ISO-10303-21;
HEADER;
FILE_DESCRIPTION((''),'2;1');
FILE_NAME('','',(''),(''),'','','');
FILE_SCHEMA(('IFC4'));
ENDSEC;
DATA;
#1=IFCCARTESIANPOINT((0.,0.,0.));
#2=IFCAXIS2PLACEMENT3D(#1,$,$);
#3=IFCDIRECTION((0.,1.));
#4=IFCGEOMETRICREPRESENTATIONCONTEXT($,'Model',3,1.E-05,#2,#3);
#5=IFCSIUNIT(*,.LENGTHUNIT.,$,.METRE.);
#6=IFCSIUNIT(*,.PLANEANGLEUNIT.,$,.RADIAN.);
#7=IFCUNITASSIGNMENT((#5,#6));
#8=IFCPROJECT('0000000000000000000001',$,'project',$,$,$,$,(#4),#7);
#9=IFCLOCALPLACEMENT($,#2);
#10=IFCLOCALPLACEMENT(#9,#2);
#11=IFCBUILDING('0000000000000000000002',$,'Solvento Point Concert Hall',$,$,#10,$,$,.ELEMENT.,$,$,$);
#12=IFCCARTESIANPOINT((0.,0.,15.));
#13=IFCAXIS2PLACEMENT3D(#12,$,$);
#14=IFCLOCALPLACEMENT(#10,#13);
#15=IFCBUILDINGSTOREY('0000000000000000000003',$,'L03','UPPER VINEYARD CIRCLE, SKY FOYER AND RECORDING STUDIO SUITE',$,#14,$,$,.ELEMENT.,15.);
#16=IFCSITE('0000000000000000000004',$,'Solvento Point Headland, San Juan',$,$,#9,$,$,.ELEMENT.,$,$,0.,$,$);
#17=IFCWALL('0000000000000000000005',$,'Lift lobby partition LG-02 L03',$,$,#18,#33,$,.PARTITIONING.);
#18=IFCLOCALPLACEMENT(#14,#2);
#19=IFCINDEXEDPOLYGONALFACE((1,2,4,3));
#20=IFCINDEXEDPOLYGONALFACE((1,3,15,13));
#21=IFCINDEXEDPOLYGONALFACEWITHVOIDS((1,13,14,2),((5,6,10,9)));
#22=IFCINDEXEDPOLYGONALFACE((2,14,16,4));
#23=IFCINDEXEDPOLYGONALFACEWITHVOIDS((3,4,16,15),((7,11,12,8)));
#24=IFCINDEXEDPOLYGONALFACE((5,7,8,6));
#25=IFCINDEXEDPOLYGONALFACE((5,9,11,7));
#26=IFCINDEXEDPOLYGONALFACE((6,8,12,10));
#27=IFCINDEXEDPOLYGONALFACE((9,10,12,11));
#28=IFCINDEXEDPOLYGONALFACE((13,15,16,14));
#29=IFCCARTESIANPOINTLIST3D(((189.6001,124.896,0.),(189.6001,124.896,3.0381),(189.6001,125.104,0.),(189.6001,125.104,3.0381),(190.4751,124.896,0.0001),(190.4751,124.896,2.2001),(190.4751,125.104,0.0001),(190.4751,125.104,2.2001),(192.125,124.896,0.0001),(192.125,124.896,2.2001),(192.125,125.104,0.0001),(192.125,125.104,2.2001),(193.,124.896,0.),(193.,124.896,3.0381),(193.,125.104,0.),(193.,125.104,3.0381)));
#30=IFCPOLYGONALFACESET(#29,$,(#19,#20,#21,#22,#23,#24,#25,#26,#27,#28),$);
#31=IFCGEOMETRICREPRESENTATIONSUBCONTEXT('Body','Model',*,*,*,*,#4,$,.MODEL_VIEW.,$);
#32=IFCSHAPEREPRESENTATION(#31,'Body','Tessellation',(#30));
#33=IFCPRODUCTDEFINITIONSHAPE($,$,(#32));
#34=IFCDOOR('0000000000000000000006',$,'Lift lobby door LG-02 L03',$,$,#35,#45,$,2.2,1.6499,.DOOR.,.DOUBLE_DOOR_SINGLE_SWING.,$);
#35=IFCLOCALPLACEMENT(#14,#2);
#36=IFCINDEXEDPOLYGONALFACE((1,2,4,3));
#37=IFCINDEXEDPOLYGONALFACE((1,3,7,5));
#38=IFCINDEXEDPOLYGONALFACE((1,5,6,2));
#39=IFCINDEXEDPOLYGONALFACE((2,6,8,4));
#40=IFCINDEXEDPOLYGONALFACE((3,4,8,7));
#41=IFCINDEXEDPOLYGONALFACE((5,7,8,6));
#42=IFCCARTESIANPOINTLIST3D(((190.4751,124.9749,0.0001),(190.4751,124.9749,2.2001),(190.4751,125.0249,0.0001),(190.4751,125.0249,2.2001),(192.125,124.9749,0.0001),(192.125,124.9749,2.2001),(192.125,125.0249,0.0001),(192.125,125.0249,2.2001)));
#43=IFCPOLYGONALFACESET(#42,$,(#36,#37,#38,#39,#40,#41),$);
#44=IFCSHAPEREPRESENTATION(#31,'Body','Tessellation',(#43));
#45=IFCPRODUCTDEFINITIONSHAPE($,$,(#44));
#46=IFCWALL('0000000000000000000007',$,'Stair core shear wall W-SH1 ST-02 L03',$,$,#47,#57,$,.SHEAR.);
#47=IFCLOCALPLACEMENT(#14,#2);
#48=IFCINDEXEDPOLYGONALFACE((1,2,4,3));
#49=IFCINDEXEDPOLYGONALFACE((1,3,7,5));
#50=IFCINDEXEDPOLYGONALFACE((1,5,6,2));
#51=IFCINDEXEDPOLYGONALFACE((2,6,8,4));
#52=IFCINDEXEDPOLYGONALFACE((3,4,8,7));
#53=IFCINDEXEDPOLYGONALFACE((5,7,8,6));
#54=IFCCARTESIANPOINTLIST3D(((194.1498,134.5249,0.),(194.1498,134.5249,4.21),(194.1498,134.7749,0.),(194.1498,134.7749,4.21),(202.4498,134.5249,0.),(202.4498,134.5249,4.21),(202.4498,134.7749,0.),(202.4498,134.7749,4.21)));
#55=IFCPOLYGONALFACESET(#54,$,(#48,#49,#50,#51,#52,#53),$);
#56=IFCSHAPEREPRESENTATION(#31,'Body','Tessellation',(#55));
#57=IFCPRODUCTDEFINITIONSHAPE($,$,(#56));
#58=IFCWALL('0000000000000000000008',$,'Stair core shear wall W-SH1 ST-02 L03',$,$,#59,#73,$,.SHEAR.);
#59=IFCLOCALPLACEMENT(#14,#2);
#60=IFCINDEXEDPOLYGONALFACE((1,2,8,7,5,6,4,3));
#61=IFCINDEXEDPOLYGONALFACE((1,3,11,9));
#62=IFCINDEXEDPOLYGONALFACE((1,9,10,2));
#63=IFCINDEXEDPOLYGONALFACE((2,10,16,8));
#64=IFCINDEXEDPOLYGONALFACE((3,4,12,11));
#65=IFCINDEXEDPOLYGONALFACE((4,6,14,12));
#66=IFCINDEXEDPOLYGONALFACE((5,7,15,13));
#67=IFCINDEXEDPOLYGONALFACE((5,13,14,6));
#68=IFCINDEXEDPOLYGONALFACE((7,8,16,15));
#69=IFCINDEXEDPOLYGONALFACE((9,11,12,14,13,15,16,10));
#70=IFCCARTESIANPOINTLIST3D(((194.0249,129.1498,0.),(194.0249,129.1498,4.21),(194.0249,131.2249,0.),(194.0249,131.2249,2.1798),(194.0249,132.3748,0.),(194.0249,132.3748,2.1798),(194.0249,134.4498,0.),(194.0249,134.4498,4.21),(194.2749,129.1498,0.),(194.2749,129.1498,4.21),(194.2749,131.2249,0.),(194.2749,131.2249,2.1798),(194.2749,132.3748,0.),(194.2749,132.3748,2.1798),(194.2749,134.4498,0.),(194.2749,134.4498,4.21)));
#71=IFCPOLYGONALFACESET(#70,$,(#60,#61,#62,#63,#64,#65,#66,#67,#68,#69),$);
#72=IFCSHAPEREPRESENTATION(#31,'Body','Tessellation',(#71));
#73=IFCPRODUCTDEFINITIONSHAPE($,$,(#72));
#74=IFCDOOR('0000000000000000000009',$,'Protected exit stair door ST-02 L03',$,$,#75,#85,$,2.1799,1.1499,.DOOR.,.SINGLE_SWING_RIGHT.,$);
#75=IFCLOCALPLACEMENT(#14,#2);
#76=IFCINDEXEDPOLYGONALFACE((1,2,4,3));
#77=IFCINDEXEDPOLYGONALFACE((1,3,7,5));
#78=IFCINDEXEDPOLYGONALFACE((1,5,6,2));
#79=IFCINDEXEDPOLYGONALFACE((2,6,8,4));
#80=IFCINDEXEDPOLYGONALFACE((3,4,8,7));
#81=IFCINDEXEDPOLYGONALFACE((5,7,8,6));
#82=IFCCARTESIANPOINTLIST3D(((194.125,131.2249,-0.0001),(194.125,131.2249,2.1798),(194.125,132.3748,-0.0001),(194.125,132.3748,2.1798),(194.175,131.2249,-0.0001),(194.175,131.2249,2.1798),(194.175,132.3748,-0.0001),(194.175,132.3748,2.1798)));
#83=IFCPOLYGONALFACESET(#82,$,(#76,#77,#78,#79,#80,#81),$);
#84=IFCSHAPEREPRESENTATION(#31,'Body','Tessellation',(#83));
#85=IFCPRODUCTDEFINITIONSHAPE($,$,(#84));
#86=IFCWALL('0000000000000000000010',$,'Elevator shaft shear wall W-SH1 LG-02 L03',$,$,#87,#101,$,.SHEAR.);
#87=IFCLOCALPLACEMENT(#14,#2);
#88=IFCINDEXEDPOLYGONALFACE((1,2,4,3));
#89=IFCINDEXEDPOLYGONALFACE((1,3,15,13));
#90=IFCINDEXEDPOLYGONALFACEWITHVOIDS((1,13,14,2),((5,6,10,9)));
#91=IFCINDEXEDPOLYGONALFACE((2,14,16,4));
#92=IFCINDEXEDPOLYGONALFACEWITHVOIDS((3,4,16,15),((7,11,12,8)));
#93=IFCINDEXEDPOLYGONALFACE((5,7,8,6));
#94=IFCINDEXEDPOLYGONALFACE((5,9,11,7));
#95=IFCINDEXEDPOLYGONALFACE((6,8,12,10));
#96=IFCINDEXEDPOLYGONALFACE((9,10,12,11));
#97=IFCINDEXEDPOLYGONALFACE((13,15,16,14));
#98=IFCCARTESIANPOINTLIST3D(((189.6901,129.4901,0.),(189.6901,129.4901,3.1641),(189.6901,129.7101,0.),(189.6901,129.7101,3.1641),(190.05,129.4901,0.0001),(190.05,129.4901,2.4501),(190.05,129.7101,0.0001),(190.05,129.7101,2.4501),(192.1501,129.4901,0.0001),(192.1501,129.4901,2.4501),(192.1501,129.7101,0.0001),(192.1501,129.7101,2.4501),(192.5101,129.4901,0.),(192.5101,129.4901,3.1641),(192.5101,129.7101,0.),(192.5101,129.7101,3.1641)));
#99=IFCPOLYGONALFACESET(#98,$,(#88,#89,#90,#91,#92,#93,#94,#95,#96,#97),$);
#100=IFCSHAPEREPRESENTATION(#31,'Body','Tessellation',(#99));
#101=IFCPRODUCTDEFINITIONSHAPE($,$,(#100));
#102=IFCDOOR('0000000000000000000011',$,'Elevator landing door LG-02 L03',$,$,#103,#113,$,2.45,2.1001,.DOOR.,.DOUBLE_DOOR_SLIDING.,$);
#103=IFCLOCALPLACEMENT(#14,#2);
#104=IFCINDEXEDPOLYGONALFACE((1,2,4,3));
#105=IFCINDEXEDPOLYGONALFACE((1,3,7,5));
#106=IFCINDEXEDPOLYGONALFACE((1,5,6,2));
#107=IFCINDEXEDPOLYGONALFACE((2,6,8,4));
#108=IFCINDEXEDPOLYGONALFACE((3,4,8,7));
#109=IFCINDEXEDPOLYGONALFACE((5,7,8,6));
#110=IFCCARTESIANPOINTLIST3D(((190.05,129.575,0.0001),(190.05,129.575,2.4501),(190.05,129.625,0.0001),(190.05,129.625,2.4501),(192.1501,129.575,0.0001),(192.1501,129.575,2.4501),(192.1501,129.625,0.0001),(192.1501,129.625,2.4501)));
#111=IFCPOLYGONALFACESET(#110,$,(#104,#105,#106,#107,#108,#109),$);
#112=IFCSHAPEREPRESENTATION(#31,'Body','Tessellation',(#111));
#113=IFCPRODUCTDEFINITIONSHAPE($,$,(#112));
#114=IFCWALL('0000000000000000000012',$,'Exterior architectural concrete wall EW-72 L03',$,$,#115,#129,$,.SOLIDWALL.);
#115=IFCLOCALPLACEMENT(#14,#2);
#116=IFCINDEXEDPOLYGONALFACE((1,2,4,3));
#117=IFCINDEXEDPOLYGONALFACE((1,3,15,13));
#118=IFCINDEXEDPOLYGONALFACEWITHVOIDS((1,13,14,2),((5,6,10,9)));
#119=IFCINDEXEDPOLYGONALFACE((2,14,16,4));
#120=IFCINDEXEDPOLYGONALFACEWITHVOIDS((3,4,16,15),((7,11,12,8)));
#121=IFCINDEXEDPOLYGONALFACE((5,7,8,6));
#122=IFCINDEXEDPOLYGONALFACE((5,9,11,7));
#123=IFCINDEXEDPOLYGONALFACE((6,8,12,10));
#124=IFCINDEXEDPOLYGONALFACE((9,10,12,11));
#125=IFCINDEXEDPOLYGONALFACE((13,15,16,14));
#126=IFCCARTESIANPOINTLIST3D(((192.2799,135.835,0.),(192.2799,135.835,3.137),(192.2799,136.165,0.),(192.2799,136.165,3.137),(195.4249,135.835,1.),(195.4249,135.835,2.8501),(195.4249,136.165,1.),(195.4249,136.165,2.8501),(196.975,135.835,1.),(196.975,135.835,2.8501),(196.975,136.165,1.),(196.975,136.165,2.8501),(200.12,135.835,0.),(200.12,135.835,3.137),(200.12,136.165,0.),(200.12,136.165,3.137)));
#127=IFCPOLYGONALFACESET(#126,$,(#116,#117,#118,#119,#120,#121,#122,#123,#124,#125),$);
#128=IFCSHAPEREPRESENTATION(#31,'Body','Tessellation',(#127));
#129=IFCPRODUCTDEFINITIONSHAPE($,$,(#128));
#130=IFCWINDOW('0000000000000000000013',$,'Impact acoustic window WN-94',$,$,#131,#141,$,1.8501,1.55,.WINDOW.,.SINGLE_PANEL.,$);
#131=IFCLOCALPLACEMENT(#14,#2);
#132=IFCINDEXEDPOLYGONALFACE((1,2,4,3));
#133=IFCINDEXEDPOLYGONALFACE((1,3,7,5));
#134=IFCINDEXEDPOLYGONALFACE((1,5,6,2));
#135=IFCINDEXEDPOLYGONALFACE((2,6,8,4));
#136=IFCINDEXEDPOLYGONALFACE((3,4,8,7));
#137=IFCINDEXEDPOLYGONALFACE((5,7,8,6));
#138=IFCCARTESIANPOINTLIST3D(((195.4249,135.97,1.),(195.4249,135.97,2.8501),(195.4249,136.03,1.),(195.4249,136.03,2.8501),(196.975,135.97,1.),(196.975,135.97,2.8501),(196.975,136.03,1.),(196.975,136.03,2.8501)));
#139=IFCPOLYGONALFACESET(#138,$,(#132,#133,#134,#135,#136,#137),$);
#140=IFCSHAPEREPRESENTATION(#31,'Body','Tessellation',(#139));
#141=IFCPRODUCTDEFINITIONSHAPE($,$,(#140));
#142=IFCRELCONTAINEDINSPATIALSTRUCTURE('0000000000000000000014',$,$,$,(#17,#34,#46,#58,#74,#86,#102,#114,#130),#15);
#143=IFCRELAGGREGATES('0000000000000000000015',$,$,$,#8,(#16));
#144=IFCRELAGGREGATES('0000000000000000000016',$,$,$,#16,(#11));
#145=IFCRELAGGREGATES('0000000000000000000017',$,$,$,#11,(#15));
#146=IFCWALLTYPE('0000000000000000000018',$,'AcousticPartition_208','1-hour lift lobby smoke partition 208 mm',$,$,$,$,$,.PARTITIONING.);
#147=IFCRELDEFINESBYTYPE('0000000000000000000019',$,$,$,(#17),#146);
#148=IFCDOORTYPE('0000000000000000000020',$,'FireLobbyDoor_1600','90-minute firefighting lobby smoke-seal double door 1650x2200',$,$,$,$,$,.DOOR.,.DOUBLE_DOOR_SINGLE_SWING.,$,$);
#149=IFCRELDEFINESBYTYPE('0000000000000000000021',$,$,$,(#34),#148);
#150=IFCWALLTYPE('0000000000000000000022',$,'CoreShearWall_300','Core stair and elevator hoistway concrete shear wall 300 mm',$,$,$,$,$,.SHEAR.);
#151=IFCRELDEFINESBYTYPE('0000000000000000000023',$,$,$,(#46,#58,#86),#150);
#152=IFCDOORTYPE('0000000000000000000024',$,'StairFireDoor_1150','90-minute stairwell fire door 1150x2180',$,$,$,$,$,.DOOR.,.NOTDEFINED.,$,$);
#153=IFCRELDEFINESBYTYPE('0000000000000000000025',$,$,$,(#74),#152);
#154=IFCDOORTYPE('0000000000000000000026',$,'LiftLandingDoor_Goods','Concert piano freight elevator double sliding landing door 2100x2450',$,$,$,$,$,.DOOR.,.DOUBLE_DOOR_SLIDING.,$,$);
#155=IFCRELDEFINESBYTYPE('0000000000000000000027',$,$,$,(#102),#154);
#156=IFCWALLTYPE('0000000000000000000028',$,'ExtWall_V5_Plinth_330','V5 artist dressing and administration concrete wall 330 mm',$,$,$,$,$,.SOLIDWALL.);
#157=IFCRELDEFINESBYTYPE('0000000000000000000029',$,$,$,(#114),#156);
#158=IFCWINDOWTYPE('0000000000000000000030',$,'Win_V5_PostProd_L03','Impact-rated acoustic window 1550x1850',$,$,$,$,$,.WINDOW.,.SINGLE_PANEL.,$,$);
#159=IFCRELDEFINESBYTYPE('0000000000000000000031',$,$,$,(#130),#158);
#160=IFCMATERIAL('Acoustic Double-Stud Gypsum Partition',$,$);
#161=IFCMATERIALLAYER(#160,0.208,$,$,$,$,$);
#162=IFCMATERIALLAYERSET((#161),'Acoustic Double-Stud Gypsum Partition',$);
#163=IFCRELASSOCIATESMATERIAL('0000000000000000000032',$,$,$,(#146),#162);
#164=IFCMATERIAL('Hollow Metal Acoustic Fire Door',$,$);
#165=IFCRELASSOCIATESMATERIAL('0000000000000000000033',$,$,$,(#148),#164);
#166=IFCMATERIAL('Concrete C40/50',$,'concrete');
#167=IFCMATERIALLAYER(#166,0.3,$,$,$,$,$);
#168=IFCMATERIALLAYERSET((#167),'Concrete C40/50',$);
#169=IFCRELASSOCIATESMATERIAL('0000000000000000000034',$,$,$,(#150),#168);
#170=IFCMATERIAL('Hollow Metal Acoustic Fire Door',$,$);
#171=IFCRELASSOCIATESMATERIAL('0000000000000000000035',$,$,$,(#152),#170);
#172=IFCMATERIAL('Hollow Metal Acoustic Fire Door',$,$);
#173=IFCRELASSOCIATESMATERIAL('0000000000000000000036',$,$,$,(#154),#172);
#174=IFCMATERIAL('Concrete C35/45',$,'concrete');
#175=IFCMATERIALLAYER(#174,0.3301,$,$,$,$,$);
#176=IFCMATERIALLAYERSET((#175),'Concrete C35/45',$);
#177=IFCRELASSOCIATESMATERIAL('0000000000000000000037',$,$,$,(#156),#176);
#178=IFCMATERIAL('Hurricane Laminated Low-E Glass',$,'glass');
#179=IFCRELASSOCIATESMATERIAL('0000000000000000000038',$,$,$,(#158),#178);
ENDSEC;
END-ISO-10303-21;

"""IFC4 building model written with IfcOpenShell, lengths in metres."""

from ifc_helpers import new_model, si_unit, direction, frame, frame_2d, origin, place, context, subcontext, project, spatial, rectangle, extrude, material, layer, layer_set, type_object, element, fill, save


model = new_model("IFC4")

# Units and contexts
model_context = context("Model", 3, precision=1e-05, world=origin(), true_north=direction((0.0, 1.0)))
body_context = subcontext(model_context, "Body", "Model", "MODEL_VIEW")
ifc_project = project(units=[si_unit("LENGTHUNIT", "METRE"), si_unit("PLANEANGLEUNIT", "RADIAN")], contexts=[model_context])

# Site, building, storey
site_placement = place(None, origin())
site = spatial("IfcSite", under=ifc_project, at=site_placement, Name="Solvento Point Headland, San Juan", CompositionType="ELEMENT", RefElevation=0.0)
building_placement = place(site_placement, origin())
building = spatial("IfcBuilding", under=site, at=building_placement, Name="Solvento Point Concert Hall", CompositionType="ELEMENT")
storey_placement = place(building_placement, frame((0.0, 0.0, 15.0)))
storey = spatial("IfcBuildingStorey", under=building, at=storey_placement, Name="L03", Description="UPPER VINEYARD CIRCLE, SKY FOYER AND RECORDING STUDIO SUITE", CompositionType="ELEMENT", Elevation=15.0)

# Wall, opening, door
ifc_material_1 = material(Name="Acoustic Double-Stud Gypsum Partition")
ifc_layer_1 = layer(ifc_material_1, 0.208)
ifc_layer_set_1 = layer_set([ifc_layer_1], Name="Acoustic Double-Stud Gypsum Partition")
wall_type_1 = type_object("IfcWallType", Name="AcousticPartition_208", Description="1-hour lift lobby smoke partition 208 mm", PredefinedType="PARTITIONING", material=ifc_layer_set_1)
wall_1_placement = place(storey_placement, frame((189.6001, 125.0, 0.0), z_axis=(0.0, 0.0, 1.0), x_axis=(1.0, 0.0, 0.0)))
wall_1 = element("IfcWall", 1, at=wall_1_placement, inside=storey, type_object=wall_type_1, Name="Lift lobby partition LG-02 L03", PredefinedType="PARTITIONING", context=body_context, shape_type="SweptSolid", body=[
    extrude(rectangle(XDim=3.3999, YDim=0.208, at=frame_2d((1.7, 0.0))), origin(), (0.0, 0.0, 1.0), 3.0381),
])
opening_1_placement = place(wall_1_placement, frame((0.875, 0.0, 0.0)))
opening_1 = element("IfcOpeningElement", 2, at=opening_1_placement, cuts=wall_1, PredefinedType="OPENING", context=body_context, shape_type="SweptSolid", body=[
    extrude(rectangle(XDim=1.6499, YDim=2.2, at=frame_2d((0.825, 1.1001))), frame((0.0, 0.114, 0.0), z_axis=(0.0, -1.0, 0.0), x_axis=(1.0, 0.0, 0.0)), (0.0, 0.0, 1.0), 0.228),
])
ifc_material_2 = material(Name="Hollow Metal Acoustic Fire Door")
door_type_1 = type_object("IfcDoorType", Name="FireLobbyDoor_1600", Description="90-minute firefighting lobby smoke-seal double door 1650x2200", OperationType="DOUBLE_DOOR_SINGLE_SWING", PredefinedType="DOOR", material=ifc_material_2)
door_1_placement = place(opening_1_placement, origin())
door_1 = element("IfcDoor", 3, at=door_1_placement, inside=storey, type_object=door_type_1, Name="Lift lobby door LG-02 L03", OperationType="DOUBLE_DOOR_SINGLE_SWING", OverallHeight=2.2, OverallWidth=1.6499, PredefinedType="DOOR", context=body_context, shape_type="SweptSolid", body=[
    extrude(rectangle(XDim=1.6499, YDim=2.2, at=frame_2d((0.825, 1.1001))), frame((0.0, 0.0249, 0.0), z_axis=(0.0, -1.0, 0.0), x_axis=(1.0, 0.0, 0.0)), (0.0, 0.0, 1.0), 0.05),
])
fill(opening_1, door_1)

# Wall
ifc_material_3 = material(Name="Concrete C40/50", Category="concrete")
ifc_layer_2 = layer(ifc_material_3, 0.3)
ifc_layer_set_2 = layer_set([ifc_layer_2], Name="Concrete C40/50")
wall_type_2 = type_object("IfcWallType", Name="CoreShearWall_300", Description="Core stair and elevator hoistway concrete shear wall 300 mm", PredefinedType="SHEAR", material=ifc_layer_set_2)
wall_2_placement = place(storey_placement, frame((194.1499, 134.6499, 0.0), z_axis=(0.0, 0.0, 1.0), x_axis=(1.0, 0.0, 0.0)))
element("IfcWall", 4, at=wall_2_placement, inside=storey, type_object=wall_type_2, Name="Stair core shear wall W-SH1 ST-02 L03", PredefinedType="SHEAR", context=body_context, shape_type="SweptSolid", body=[
    extrude(rectangle(XDim=8.3, YDim=0.25, at=frame_2d((4.1499, 0.0))), origin(), (0.0, 0.0, 1.0), 4.21),
])

# Walls, openings, doors
wall_3_placement = place(storey_placement, frame((194.1499, 129.1499, 0.0), z_axis=(0.0, 0.0, 1.0), x_axis=(0.0, 1.0, 0.0)))
wall_3 = element("IfcWall", 5, at=wall_3_placement, inside=storey, type_object=wall_type_2, Name="Stair core shear wall W-SH1 ST-02 L03", PredefinedType="SHEAR", context=body_context, shape_type="SweptSolid", body=[
    extrude(rectangle(XDim=5.3, YDim=0.25, at=frame_2d((2.6499, 0.0))), origin(), (0.0, 0.0, 1.0), 4.21),
])
opening_2_placement = place(wall_3_placement, frame((2.075, 0.0, 0.0)))
opening_2 = element("IfcOpeningElement", 6, at=opening_2_placement, cuts=wall_3, PredefinedType="OPENING", context=body_context, shape_type="SweptSolid", body=[
    extrude(rectangle(XDim=1.1499, YDim=2.1799, at=frame_2d((0.575, 1.0898))), frame((0.0, 0.135, 0.0), z_axis=(0.0, -1.0, 0.0), x_axis=(1.0, 0.0, 0.0)), (0.0, 0.0, 1.0), 0.27),
])
ifc_material_4 = material(Name="Hollow Metal Acoustic Fire Door")
door_type_2 = type_object("IfcDoorType", Name="StairFireDoor_1150", Description="90-minute stairwell fire door 1150x2180", OperationType="NOTDEFINED", PredefinedType="DOOR", material=ifc_material_4)
door_2_placement = place(opening_2_placement, origin())
door_2 = element("IfcDoor", 7, at=door_2_placement, inside=storey, type_object=door_type_2, Name="Protected exit stair door ST-02 L03", OperationType="SINGLE_SWING_RIGHT", OverallHeight=2.1799, OverallWidth=1.1499, PredefinedType="DOOR", context=body_context, shape_type="SweptSolid", body=[
    extrude(rectangle(XDim=1.1499, YDim=2.1799, at=frame_2d((0.575, 1.0898))), frame((0.0, 0.0249, 0.0), z_axis=(0.0, -1.0, 0.0), x_axis=(1.0, 0.0, 0.0)), (0.0, 0.0, 1.0), 0.05),
])
fill(opening_2, door_2)
wall_4_placement = place(storey_placement, frame((189.6899, 129.6001, 0.0), z_axis=(0.0, 0.0, 1.0), x_axis=(1.0, 0.0, 0.0)))
wall_4 = element("IfcWall", 8, at=wall_4_placement, inside=storey, type_object=wall_type_2, Name="Elevator shaft shear wall W-SH1 LG-02 L03", PredefinedType="SHEAR", context=body_context, shape_type="SweptSolid", body=[
    extrude(rectangle(XDim=2.8201, YDim=0.22, at=frame_2d((1.4102, 0.0))), origin(), (0.0, 0.0, 1.0), 3.1641),
])
opening_3_placement = place(wall_4_placement, frame((0.3601, 0.0, 0.0)))
opening_3 = element("IfcOpeningElement", 9, at=opening_3_placement, cuts=wall_4, PredefinedType="OPENING", context=body_context, shape_type="SweptSolid", body=[
    extrude(rectangle(XDim=2.1001, YDim=2.45, at=frame_2d((1.05, 1.2251))), frame((0.0, 0.1199, 0.0), z_axis=(0.0, -1.0, 0.0), x_axis=(1.0, 0.0, 0.0)), (0.0, 0.0, 1.0), 0.24),
])
ifc_material_5 = material(Name="Hollow Metal Acoustic Fire Door")
door_type_3 = type_object("IfcDoorType", Name="LiftLandingDoor_Goods", Description="Concert piano freight elevator double sliding landing door 2100x2450", OperationType="DOUBLE_DOOR_SLIDING", PredefinedType="DOOR", material=ifc_material_5)
door_3_placement = place(opening_3_placement, origin())
door_3 = element("IfcDoor", 10, at=door_3_placement, inside=storey, type_object=door_type_3, Name="Elevator landing door LG-02 L03", OperationType="DOUBLE_DOOR_SLIDING", OverallHeight=2.45, OverallWidth=2.1001, PredefinedType="DOOR", context=body_context, shape_type="SweptSolid", body=[
    extrude(rectangle(XDim=2.1001, YDim=2.45, at=frame_2d((1.05, 1.2251))), frame((0.0, 0.0249, 0.0), z_axis=(0.0, -1.0, 0.0), x_axis=(1.0, 0.0, 0.0)), (0.0, 0.0, 1.0), 0.05),
])
fill(opening_3, door_3)

# Wall, opening, window
ifc_material_6 = material(Name="Concrete C35/45", Category="concrete")
ifc_layer_3 = layer(ifc_material_6, 0.3301)
ifc_layer_set_3 = layer_set([ifc_layer_3], Name="Concrete C35/45")
wall_type_3 = type_object("IfcWallType", Name="ExtWall_V5_Plinth_330", Description="V5 artist dressing and administration concrete wall 330 mm", PredefinedType="SOLIDWALL", material=ifc_layer_set_3)
wall_5_placement = place(storey_placement, frame((192.28, 136.0, 0.0), z_axis=(0.0, 0.0, 1.0), x_axis=(1.0, 0.0, 0.0)))
wall_5 = element("IfcWall", 11, at=wall_5_placement, inside=storey, type_object=wall_type_3, Name="Exterior architectural concrete wall EW-72 L03", PredefinedType="SOLIDWALL", context=body_context, shape_type="SweptSolid", body=[
    extrude(rectangle(XDim=7.8401, YDim=0.3301, at=frame_2d((3.9199, 0.0))), origin(), (0.0, 0.0, 1.0), 3.137),
])
opening_4_placement = place(wall_5_placement, frame((3.145, 0.0, 1.0)))
opening_4 = element("IfcOpeningElement", 12, at=opening_4_placement, cuts=wall_5, PredefinedType="OPENING", context=body_context, shape_type="SweptSolid", body=[
    extrude(rectangle(XDim=1.55, YDim=1.8501, at=frame_2d((0.7749, 0.925))), frame((0.0, 0.175, 0.0), z_axis=(0.0, -1.0, 0.0), x_axis=(1.0, 0.0, 0.0)), (0.0, 0.0, 1.0), 0.3501),
])
ifc_material_7 = material(Name="Hurricane Laminated Low-E Glass", Category="glass")
window_type = type_object("IfcWindowType", Name="Win_V5_PostProd_L03", Description="Impact-rated acoustic window 1550x1850", PartitioningType="SINGLE_PANEL", PredefinedType="WINDOW", material=ifc_material_7)
window_placement = place(opening_4_placement, origin())
window = element("IfcWindow", 13, at=window_placement, inside=storey, type_object=window_type, Name="Impact acoustic window WN-94", OverallHeight=1.8501, OverallWidth=1.55, PartitioningType="SINGLE_PANEL", PredefinedType="WINDOW", context=body_context, shape_type="SweptSolid", body=[
    extrude(rectangle(XDim=1.55, YDim=1.8501, at=frame_2d((0.7749, 0.925))), frame((0.0, 0.03, 0.0), z_axis=(0.0, -1.0, 0.0), x_axis=(1.0, 0.0, 0.0)), (0.0, 0.0, 1.0), 0.0601),
])
fill(opening_4, window)

save(model, "model.ifc")
